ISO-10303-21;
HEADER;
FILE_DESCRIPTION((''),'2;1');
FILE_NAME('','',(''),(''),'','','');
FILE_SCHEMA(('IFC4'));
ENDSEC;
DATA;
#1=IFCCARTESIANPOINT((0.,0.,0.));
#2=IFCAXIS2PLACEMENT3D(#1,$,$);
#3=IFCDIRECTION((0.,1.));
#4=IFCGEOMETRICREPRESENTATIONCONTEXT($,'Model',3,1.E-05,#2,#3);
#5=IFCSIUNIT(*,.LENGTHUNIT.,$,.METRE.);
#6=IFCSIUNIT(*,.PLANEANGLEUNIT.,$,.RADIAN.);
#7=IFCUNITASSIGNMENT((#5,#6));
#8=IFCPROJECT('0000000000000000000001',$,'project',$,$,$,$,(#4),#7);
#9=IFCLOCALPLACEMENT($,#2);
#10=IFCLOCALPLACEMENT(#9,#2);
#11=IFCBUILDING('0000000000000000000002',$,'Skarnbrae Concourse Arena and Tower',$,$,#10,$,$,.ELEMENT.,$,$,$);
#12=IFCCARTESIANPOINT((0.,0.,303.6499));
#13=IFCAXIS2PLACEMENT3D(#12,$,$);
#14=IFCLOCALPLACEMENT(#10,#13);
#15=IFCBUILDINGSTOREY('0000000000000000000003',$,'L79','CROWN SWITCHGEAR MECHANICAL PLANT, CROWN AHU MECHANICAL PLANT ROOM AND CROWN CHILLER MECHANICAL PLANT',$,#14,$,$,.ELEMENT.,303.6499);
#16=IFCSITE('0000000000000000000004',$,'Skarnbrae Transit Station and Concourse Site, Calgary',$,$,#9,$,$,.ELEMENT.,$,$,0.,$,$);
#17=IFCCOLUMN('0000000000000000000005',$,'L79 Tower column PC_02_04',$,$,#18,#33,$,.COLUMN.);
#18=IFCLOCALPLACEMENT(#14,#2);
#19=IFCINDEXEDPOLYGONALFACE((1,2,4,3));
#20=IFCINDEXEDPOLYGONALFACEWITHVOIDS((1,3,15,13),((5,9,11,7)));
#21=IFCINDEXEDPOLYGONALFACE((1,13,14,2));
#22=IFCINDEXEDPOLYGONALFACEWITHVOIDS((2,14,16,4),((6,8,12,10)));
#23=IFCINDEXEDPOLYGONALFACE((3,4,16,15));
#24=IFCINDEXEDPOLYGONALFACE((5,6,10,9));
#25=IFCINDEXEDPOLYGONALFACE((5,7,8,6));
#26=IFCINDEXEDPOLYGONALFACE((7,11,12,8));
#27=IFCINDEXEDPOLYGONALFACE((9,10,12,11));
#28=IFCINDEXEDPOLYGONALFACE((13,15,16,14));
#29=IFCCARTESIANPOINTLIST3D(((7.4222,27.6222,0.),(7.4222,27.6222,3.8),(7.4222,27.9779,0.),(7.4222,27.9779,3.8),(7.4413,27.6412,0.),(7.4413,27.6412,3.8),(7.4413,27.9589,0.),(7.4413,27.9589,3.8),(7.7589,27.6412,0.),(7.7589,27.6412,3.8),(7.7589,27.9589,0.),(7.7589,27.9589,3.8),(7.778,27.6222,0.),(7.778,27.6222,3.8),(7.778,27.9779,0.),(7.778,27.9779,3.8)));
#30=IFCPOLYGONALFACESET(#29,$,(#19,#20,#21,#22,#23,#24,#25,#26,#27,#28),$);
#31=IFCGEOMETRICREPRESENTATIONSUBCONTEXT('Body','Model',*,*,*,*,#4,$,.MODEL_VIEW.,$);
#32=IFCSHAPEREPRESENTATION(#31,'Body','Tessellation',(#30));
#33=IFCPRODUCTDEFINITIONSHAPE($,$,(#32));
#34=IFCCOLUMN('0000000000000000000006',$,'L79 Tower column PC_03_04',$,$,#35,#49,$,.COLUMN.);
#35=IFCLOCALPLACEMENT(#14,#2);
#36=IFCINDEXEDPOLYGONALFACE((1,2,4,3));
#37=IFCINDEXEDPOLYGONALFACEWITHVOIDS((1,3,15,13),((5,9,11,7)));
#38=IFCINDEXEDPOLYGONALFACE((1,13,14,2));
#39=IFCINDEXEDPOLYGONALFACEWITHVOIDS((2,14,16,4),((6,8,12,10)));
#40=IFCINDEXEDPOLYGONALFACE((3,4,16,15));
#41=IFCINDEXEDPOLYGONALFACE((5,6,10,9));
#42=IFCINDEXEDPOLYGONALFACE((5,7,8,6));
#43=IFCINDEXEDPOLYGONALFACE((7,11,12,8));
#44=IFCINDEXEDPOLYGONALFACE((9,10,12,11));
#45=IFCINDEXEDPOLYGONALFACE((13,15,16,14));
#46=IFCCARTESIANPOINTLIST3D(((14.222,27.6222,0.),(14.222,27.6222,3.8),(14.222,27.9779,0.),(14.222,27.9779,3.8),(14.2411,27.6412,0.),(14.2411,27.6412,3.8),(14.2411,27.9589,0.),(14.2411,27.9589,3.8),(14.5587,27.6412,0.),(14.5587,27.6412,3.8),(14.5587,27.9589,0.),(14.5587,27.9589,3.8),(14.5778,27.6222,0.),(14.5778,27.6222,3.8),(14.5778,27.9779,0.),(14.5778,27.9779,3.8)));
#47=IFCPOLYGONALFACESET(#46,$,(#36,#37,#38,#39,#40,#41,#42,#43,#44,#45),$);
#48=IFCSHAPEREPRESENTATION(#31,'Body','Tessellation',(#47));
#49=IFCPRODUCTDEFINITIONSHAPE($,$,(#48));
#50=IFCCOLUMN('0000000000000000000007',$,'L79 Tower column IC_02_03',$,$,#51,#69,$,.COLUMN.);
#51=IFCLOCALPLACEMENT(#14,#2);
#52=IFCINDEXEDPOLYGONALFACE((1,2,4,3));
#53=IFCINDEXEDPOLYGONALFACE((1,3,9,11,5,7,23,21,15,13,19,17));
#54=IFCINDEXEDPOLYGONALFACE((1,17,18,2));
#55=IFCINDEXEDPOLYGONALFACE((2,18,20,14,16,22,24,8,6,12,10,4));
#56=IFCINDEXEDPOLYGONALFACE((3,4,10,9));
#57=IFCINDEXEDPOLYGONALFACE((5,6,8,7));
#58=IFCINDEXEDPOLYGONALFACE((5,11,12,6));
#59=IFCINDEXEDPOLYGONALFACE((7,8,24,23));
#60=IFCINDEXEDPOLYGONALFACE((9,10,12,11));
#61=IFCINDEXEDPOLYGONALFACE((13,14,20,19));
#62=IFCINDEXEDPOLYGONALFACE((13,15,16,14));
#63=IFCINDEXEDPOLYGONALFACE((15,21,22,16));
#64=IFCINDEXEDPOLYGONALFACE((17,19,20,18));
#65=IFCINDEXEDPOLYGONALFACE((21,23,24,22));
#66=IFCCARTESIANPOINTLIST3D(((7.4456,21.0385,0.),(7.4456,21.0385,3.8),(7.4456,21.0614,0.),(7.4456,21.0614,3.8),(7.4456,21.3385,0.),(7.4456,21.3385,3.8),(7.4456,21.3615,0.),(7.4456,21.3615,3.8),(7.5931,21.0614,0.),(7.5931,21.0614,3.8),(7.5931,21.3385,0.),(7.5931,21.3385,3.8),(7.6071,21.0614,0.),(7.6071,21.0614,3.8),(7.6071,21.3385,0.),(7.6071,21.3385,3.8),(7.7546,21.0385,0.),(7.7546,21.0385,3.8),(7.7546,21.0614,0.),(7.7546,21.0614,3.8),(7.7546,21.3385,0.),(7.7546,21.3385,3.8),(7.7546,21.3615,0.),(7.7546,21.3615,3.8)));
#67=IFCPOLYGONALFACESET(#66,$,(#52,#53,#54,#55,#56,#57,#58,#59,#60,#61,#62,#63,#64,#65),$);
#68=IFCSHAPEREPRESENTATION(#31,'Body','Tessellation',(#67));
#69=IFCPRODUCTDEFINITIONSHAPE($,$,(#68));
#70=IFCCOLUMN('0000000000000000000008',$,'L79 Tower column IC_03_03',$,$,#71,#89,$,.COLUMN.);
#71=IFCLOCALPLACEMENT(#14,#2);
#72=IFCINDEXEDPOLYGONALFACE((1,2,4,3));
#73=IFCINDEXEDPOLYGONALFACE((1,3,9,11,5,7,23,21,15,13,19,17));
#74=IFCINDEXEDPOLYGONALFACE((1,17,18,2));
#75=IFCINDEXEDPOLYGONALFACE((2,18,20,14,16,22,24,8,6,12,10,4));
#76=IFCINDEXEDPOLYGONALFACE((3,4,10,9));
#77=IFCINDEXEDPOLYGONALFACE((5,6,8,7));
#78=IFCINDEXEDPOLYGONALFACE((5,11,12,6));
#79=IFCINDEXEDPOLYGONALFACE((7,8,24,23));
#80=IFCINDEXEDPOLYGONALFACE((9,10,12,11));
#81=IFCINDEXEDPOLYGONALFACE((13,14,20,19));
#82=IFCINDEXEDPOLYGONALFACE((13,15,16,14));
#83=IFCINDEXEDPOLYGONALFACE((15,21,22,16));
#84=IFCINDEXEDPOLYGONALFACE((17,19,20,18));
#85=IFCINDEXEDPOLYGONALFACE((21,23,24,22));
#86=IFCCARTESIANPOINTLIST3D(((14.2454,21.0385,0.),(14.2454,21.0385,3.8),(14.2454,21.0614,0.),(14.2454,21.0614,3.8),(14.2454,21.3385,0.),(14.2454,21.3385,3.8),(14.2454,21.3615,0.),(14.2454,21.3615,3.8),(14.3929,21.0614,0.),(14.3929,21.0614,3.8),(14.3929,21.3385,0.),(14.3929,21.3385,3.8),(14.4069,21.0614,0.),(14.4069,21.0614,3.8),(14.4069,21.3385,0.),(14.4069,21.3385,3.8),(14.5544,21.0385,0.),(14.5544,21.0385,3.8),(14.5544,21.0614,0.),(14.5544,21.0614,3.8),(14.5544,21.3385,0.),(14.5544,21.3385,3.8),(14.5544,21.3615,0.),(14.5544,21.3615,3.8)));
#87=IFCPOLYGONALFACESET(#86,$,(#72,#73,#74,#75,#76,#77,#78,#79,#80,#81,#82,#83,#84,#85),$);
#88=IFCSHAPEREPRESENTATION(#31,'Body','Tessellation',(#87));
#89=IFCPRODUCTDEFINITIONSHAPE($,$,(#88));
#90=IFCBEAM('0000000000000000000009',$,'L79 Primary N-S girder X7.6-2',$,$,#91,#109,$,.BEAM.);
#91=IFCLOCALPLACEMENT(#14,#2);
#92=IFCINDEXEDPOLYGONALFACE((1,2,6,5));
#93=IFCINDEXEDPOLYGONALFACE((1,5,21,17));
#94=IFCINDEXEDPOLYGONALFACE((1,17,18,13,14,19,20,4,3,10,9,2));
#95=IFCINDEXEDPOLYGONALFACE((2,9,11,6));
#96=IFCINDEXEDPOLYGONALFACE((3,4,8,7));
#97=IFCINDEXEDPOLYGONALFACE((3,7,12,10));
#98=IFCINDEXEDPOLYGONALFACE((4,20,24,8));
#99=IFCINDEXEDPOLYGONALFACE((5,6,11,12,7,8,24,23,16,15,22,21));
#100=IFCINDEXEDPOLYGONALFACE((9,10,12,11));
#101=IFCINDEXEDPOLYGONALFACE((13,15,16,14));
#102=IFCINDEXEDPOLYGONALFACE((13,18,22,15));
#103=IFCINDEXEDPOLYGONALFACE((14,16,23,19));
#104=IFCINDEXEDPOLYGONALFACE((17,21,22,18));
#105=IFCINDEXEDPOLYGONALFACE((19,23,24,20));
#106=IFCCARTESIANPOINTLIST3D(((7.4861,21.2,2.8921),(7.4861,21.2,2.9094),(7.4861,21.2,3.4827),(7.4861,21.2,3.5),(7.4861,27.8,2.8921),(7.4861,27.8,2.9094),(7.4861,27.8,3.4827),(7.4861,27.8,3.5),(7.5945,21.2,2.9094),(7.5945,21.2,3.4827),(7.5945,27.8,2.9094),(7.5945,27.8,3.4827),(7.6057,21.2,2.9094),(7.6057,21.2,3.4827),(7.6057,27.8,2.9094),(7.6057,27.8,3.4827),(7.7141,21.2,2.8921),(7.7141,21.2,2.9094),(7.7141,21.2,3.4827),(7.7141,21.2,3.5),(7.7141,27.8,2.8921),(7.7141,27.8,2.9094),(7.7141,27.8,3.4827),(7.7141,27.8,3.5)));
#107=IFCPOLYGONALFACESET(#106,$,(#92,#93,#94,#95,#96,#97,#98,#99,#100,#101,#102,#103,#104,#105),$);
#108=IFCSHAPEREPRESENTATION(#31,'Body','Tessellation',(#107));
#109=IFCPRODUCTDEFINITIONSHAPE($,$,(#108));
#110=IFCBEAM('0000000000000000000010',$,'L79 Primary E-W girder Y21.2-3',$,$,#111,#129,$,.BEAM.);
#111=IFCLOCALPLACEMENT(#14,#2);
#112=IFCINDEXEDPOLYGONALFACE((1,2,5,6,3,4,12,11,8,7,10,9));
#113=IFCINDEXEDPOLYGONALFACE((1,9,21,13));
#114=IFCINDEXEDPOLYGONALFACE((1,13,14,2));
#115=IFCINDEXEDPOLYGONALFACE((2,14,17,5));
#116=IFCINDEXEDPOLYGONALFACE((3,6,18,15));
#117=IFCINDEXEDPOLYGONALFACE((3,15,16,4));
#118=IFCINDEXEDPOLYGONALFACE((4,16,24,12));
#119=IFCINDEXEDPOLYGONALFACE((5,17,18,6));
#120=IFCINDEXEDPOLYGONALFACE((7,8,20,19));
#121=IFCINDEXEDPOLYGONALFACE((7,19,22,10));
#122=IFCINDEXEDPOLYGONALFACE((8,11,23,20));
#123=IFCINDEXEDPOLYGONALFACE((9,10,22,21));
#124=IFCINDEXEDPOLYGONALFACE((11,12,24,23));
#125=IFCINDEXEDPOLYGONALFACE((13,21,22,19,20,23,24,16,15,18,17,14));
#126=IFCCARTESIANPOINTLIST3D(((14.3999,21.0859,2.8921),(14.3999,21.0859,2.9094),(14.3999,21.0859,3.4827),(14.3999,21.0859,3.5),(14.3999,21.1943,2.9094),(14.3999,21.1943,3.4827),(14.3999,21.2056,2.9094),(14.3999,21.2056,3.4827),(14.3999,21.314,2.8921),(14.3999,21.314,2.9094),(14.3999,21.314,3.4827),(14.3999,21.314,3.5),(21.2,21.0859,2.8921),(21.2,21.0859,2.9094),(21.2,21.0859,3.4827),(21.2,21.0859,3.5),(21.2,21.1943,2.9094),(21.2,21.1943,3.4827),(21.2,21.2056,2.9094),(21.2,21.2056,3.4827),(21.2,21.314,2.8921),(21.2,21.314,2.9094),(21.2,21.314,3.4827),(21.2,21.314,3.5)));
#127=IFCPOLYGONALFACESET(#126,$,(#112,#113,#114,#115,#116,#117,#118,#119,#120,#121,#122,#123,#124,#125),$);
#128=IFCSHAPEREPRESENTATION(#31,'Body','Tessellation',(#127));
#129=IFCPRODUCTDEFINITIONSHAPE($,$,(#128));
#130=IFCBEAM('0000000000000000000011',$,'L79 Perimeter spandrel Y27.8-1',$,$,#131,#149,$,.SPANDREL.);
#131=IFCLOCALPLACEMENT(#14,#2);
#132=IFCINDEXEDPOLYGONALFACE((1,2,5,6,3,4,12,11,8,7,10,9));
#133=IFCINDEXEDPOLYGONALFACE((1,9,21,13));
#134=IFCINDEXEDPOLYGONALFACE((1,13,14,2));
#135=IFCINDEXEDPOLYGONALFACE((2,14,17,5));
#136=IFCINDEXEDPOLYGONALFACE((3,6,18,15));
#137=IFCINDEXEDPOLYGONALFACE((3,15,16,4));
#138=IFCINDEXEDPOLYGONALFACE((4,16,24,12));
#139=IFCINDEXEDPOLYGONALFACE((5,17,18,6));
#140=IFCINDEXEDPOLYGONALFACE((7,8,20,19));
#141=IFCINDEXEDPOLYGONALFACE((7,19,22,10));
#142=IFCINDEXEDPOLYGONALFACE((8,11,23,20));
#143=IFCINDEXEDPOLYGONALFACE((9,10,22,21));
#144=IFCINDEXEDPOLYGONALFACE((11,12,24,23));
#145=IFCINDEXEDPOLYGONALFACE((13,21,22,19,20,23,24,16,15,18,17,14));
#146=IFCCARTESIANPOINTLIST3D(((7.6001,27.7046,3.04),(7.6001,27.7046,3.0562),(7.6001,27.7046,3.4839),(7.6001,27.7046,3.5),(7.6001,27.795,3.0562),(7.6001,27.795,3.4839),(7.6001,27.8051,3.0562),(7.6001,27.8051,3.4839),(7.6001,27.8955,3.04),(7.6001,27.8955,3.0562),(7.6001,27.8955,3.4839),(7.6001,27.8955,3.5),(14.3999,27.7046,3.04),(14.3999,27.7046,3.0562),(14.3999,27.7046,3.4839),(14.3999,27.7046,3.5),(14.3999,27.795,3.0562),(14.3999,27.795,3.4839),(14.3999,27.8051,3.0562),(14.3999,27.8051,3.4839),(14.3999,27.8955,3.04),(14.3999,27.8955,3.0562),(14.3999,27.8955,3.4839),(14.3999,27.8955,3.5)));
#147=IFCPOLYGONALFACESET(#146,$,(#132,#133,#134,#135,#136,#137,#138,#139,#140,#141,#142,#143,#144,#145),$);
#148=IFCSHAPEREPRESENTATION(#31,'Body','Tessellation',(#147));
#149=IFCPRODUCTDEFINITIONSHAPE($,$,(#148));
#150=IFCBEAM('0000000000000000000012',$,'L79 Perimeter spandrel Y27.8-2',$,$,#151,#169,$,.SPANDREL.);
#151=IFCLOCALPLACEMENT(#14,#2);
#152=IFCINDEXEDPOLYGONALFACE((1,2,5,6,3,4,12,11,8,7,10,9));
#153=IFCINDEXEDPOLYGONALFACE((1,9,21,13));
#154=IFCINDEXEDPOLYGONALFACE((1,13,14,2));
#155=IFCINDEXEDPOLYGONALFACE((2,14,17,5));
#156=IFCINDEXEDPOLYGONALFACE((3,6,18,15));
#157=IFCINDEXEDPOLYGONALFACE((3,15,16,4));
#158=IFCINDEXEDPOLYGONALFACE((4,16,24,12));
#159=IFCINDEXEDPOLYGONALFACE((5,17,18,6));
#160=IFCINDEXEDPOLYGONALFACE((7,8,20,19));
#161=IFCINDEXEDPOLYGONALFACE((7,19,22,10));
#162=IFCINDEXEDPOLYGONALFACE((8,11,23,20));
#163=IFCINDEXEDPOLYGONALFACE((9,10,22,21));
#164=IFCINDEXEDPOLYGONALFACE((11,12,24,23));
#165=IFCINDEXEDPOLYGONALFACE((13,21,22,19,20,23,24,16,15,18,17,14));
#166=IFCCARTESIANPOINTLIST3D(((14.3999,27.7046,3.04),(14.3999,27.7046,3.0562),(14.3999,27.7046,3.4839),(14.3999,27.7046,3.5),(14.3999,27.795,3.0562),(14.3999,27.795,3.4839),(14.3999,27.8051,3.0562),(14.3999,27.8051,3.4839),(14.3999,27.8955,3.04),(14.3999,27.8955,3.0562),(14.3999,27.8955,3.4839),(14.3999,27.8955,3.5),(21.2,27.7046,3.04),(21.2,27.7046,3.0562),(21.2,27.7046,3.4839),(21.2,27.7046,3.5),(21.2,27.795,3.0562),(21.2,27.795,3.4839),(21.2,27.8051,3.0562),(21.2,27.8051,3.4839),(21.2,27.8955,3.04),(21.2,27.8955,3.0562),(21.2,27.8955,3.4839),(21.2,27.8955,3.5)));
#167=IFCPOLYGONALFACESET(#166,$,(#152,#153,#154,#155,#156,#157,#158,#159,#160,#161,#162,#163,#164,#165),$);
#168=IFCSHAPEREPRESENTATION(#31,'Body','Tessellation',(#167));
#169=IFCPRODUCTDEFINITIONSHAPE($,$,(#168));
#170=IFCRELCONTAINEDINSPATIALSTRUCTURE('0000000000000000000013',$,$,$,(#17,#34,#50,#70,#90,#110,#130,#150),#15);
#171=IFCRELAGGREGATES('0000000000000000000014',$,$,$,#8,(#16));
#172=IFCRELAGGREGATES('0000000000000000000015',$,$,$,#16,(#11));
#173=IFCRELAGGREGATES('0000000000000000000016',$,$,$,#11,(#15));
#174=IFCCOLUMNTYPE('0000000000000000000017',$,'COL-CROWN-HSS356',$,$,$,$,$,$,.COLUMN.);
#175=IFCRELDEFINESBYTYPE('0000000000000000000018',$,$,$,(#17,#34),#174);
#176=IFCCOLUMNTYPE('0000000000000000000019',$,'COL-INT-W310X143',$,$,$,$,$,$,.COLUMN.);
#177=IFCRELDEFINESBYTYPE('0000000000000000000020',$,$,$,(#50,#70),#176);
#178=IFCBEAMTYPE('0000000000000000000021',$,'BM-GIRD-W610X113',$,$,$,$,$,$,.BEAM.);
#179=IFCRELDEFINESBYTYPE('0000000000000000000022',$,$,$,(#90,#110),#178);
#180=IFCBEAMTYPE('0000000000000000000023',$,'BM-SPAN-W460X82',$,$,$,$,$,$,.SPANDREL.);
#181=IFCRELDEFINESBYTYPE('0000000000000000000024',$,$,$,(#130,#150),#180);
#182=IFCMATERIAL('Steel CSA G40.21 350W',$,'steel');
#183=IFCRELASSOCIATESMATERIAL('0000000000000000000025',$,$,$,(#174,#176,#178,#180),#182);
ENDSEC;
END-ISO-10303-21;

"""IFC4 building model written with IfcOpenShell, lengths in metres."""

from ifc_helpers import new_model, si_unit, direction, frame, origin, origin_2d, place, context, subcontext, project, spatial, hollow_rectangle, i_section, extrude, source, transform, mapped, material, material_profile, profile_set, type_object, element, save


model = new_model("IFC4")

# Units and contexts
model_context = context("Model", 3, precision=1e-05, world=origin(), true_north=direction((0.0, 1.0)))
body_context = subcontext(model_context, "Body", "Model", "MODEL_VIEW")
ifc_project = project(units=[si_unit("LENGTHUNIT", "METRE"), si_unit("PLANEANGLEUNIT", "RADIAN")], contexts=[model_context])

# Site, building, storey
site_placement = place(None, origin())
site = spatial("IfcSite", under=ifc_project, at=site_placement, Name="Skarnbrae Transit Station and Concourse Site, Calgary", CompositionType="ELEMENT", RefElevation=0.0)
building_placement = place(site_placement, origin())
building = spatial("IfcBuilding", under=site, at=building_placement, Name="Skarnbrae Concourse Arena and Tower", CompositionType="ELEMENT")
storey_placement = place(building_placement, frame((0.0, 0.0, 303.6499)))
storey = spatial("IfcBuildingStorey", under=building, at=storey_placement, Name="L79", Description="CROWN SWITCHGEAR MECHANICAL PLANT, CROWN AHU MECHANICAL PLANT ROOM AND CROWN CHILLER MECHANICAL PLANT", CompositionType="ELEMENT", Elevation=303.6499)

# Columns
ifc_material_1 = material(Name="Steel CSA G40.21 350W", Category="steel")
ifc_material_profile_1 = material_profile(ifc_material_1, hollow_rectangle(XDim=0.3557, YDim=0.3557, WallThickness=0.019, at=origin_2d()), Name="HSS356X356X19.0")
ifc_profile_set_1 = profile_set([ifc_material_profile_1], Name="Steel CSA G40.21 350W")
column_type_1 = type_object("IfcColumnType", Name="COL-CROWN-HSS356", PredefinedType="COLUMN", material=ifc_profile_set_1)
shared_shape_1 = source(origin(), body_context, "Body", "SweptSolid", [
    extrude(hollow_rectangle(XDim=0.3557, YDim=0.3557, WallThickness=0.019, at=origin_2d()), origin(), (0.0, 0.0, 1.0), 3.8),
])
for number, where, z_axis, x_axis, name in (
    (1, (7.6001, 27.8, 0.0), (0.0, 0.0, 1.0), (1.0, 0.0, 0.0), "L79 Tower column PC_02_04"),
    (2, (14.3999, 27.8, 0.0), (0.0, 0.0, 1.0), (1.0, 0.0, 0.0), "L79 Tower column PC_03_04"),
):
    element("IfcColumn", number, at=place(storey_placement, frame(where, z_axis=z_axis, x_axis=x_axis)), inside=storey, type_object=column_type_1, Name=name, PredefinedType="COLUMN", context=body_context, shape_type="MappedRepresentation", body=[
        mapped(shared_shape_1, transform((0.0, 0.0, 0.0))),
    ])
ifc_material_profile_2 = material_profile(ifc_material_1, i_section(OverallWidth=0.3091, OverallDepth=0.323, WebThickness=0.0139, FlangeThickness=0.0229, at=origin_2d()), Name="W310X143")
ifc_profile_set_2 = profile_set([ifc_material_profile_2], Name="Steel CSA G40.21 350W")
column_type_2 = type_object("IfcColumnType", Name="COL-INT-W310X143", PredefinedType="COLUMN", material=ifc_profile_set_2)
shared_shape_2 = source(origin(), body_context, "Body", "SweptSolid", [
    extrude(i_section(OverallWidth=0.3091, OverallDepth=0.323, WebThickness=0.0139, FlangeThickness=0.0229, at=origin_2d()), origin(), (0.0, 0.0, 1.0), 3.8),
])
for number, where, z_axis, x_axis, name in (
    (3, (7.6001, 21.2, 0.0), (0.0, 0.0, 1.0), (1.0, 0.0, 0.0), "L79 Tower column IC_02_03"),
    (4, (14.3999, 21.2, 0.0), (0.0, 0.0, 1.0), (1.0, 0.0, 0.0), "L79 Tower column IC_03_03"),
):
    element("IfcColumn", number, at=place(storey_placement, frame(where, z_axis=z_axis, x_axis=x_axis)), inside=storey, type_object=column_type_2, Name=name, PredefinedType="COLUMN", context=body_context, shape_type="MappedRepresentation", body=[
        mapped(shared_shape_2, transform((0.0, 0.0, 0.0))),
    ])

# Beams
ifc_material_profile_3 = material_profile(ifc_material_1, i_section(OverallWidth=0.228, OverallDepth=0.6079, WebThickness=0.0112, FlangeThickness=0.0173, at=origin_2d()), Name="W610X113")
ifc_profile_set_3 = profile_set([ifc_material_profile_3], Name="Steel CSA G40.21 350W")
beam_type_1 = type_object("IfcBeamType", Name="BM-GIRD-W610X113", PredefinedType="BEAM", material=ifc_profile_set_3)
shared_shape_3 = source(origin(), body_context, "Body", "SweptSolid", [
    extrude(i_section(OverallWidth=0.228, OverallDepth=0.6079, WebThickness=0.0112, FlangeThickness=0.0173, at=origin_2d()), origin(), (0.0, 0.0, 1.0), 6.6001),
])
beam_1_placement = place(storey_placement, frame((7.6001, 21.2, 3.196), z_axis=(0.0, 1.0, 0.0), x_axis=(-1.0, 0.0, 0.0)))
element("IfcBeam", 5, at=beam_1_placement, inside=storey, type_object=beam_type_1, Name="L79 Primary N-S girder X7.6-2", PredefinedType="BEAM", context=body_context, shape_type="MappedRepresentation", body=[
    mapped(shared_shape_3, transform((0.0, 0.0, 0.0))),
])
shared_shape_4 = source(origin(), body_context, "Body", "SweptSolid", [
    extrude(i_section(OverallWidth=0.228, OverallDepth=0.6079, WebThickness=0.0112, FlangeThickness=0.0173, at=origin_2d()), origin(), (0.0, 0.0, 1.0), 6.8),
])
beam_2_placement = place(storey_placement, frame((14.3999, 21.2, 3.196), z_axis=(1.0, 0.0, 0.0), x_axis=(0.0, 1.0, 0.0)))
element("IfcBeam", 6, at=beam_2_placement, inside=storey, type_object=beam_type_1, Name="L79 Primary E-W girder Y21.2-3", PredefinedType="BEAM", context=body_context, shape_type="MappedRepresentation", body=[
    mapped(shared_shape_4, transform((0.0, 0.0, 0.0))),
])
ifc_material_profile_4 = material_profile(ifc_material_1, i_section(OverallWidth=0.1909, OverallDepth=0.46, WebThickness=0.01, FlangeThickness=0.0161, at=origin_2d()), Name="W460X82")
ifc_profile_set_4 = profile_set([ifc_material_profile_4], Name="Steel CSA G40.21 350W")
beam_type_2 = type_object("IfcBeamType", Name="BM-SPAN-W460X82", PredefinedType="SPANDREL", material=ifc_profile_set_4)
shared_shape_5 = source(origin(), body_context, "Body", "SweptSolid", [
    extrude(i_section(OverallWidth=0.1909, OverallDepth=0.46, WebThickness=0.01, FlangeThickness=0.0161, at=origin_2d()), origin(), (0.0, 0.0, 1.0), 6.7998),
])
beam_3_placement = place(storey_placement, frame((7.6001, 27.8, 3.27), z_axis=(1.0, 0.0, 0.0), x_axis=(0.0, 1.0, 0.0)))
element("IfcBeam", 7, at=beam_3_placement, inside=storey, type_object=beam_type_2, Name="L79 Perimeter spandrel Y27.8-1", PredefinedType="SPANDREL", context=body_context, shape_type="MappedRepresentation", body=[
    mapped(shared_shape_5, transform((0.0, 0.0, 0.0))),
])
shared_shape_6 = source(origin(), body_context, "Body", "SweptSolid", [
    extrude(i_section(OverallWidth=0.1909, OverallDepth=0.46, WebThickness=0.01, FlangeThickness=0.0161, at=origin_2d()), origin(), (0.0, 0.0, 1.0), 6.8),
])
beam_4_placement = place(storey_placement, frame((14.3999, 27.8, 3.27), z_axis=(1.0, 0.0, 0.0), x_axis=(0.0, 1.0, 0.0)))
element("IfcBeam", 8, at=beam_4_placement, inside=storey, type_object=beam_type_2, Name="L79 Perimeter spandrel Y27.8-2", PredefinedType="SPANDREL", context=body_context, shape_type="MappedRepresentation", body=[
    mapped(shared_shape_6, transform((0.0, 0.0, 0.0))),
])

save(model, "model.ifc")
